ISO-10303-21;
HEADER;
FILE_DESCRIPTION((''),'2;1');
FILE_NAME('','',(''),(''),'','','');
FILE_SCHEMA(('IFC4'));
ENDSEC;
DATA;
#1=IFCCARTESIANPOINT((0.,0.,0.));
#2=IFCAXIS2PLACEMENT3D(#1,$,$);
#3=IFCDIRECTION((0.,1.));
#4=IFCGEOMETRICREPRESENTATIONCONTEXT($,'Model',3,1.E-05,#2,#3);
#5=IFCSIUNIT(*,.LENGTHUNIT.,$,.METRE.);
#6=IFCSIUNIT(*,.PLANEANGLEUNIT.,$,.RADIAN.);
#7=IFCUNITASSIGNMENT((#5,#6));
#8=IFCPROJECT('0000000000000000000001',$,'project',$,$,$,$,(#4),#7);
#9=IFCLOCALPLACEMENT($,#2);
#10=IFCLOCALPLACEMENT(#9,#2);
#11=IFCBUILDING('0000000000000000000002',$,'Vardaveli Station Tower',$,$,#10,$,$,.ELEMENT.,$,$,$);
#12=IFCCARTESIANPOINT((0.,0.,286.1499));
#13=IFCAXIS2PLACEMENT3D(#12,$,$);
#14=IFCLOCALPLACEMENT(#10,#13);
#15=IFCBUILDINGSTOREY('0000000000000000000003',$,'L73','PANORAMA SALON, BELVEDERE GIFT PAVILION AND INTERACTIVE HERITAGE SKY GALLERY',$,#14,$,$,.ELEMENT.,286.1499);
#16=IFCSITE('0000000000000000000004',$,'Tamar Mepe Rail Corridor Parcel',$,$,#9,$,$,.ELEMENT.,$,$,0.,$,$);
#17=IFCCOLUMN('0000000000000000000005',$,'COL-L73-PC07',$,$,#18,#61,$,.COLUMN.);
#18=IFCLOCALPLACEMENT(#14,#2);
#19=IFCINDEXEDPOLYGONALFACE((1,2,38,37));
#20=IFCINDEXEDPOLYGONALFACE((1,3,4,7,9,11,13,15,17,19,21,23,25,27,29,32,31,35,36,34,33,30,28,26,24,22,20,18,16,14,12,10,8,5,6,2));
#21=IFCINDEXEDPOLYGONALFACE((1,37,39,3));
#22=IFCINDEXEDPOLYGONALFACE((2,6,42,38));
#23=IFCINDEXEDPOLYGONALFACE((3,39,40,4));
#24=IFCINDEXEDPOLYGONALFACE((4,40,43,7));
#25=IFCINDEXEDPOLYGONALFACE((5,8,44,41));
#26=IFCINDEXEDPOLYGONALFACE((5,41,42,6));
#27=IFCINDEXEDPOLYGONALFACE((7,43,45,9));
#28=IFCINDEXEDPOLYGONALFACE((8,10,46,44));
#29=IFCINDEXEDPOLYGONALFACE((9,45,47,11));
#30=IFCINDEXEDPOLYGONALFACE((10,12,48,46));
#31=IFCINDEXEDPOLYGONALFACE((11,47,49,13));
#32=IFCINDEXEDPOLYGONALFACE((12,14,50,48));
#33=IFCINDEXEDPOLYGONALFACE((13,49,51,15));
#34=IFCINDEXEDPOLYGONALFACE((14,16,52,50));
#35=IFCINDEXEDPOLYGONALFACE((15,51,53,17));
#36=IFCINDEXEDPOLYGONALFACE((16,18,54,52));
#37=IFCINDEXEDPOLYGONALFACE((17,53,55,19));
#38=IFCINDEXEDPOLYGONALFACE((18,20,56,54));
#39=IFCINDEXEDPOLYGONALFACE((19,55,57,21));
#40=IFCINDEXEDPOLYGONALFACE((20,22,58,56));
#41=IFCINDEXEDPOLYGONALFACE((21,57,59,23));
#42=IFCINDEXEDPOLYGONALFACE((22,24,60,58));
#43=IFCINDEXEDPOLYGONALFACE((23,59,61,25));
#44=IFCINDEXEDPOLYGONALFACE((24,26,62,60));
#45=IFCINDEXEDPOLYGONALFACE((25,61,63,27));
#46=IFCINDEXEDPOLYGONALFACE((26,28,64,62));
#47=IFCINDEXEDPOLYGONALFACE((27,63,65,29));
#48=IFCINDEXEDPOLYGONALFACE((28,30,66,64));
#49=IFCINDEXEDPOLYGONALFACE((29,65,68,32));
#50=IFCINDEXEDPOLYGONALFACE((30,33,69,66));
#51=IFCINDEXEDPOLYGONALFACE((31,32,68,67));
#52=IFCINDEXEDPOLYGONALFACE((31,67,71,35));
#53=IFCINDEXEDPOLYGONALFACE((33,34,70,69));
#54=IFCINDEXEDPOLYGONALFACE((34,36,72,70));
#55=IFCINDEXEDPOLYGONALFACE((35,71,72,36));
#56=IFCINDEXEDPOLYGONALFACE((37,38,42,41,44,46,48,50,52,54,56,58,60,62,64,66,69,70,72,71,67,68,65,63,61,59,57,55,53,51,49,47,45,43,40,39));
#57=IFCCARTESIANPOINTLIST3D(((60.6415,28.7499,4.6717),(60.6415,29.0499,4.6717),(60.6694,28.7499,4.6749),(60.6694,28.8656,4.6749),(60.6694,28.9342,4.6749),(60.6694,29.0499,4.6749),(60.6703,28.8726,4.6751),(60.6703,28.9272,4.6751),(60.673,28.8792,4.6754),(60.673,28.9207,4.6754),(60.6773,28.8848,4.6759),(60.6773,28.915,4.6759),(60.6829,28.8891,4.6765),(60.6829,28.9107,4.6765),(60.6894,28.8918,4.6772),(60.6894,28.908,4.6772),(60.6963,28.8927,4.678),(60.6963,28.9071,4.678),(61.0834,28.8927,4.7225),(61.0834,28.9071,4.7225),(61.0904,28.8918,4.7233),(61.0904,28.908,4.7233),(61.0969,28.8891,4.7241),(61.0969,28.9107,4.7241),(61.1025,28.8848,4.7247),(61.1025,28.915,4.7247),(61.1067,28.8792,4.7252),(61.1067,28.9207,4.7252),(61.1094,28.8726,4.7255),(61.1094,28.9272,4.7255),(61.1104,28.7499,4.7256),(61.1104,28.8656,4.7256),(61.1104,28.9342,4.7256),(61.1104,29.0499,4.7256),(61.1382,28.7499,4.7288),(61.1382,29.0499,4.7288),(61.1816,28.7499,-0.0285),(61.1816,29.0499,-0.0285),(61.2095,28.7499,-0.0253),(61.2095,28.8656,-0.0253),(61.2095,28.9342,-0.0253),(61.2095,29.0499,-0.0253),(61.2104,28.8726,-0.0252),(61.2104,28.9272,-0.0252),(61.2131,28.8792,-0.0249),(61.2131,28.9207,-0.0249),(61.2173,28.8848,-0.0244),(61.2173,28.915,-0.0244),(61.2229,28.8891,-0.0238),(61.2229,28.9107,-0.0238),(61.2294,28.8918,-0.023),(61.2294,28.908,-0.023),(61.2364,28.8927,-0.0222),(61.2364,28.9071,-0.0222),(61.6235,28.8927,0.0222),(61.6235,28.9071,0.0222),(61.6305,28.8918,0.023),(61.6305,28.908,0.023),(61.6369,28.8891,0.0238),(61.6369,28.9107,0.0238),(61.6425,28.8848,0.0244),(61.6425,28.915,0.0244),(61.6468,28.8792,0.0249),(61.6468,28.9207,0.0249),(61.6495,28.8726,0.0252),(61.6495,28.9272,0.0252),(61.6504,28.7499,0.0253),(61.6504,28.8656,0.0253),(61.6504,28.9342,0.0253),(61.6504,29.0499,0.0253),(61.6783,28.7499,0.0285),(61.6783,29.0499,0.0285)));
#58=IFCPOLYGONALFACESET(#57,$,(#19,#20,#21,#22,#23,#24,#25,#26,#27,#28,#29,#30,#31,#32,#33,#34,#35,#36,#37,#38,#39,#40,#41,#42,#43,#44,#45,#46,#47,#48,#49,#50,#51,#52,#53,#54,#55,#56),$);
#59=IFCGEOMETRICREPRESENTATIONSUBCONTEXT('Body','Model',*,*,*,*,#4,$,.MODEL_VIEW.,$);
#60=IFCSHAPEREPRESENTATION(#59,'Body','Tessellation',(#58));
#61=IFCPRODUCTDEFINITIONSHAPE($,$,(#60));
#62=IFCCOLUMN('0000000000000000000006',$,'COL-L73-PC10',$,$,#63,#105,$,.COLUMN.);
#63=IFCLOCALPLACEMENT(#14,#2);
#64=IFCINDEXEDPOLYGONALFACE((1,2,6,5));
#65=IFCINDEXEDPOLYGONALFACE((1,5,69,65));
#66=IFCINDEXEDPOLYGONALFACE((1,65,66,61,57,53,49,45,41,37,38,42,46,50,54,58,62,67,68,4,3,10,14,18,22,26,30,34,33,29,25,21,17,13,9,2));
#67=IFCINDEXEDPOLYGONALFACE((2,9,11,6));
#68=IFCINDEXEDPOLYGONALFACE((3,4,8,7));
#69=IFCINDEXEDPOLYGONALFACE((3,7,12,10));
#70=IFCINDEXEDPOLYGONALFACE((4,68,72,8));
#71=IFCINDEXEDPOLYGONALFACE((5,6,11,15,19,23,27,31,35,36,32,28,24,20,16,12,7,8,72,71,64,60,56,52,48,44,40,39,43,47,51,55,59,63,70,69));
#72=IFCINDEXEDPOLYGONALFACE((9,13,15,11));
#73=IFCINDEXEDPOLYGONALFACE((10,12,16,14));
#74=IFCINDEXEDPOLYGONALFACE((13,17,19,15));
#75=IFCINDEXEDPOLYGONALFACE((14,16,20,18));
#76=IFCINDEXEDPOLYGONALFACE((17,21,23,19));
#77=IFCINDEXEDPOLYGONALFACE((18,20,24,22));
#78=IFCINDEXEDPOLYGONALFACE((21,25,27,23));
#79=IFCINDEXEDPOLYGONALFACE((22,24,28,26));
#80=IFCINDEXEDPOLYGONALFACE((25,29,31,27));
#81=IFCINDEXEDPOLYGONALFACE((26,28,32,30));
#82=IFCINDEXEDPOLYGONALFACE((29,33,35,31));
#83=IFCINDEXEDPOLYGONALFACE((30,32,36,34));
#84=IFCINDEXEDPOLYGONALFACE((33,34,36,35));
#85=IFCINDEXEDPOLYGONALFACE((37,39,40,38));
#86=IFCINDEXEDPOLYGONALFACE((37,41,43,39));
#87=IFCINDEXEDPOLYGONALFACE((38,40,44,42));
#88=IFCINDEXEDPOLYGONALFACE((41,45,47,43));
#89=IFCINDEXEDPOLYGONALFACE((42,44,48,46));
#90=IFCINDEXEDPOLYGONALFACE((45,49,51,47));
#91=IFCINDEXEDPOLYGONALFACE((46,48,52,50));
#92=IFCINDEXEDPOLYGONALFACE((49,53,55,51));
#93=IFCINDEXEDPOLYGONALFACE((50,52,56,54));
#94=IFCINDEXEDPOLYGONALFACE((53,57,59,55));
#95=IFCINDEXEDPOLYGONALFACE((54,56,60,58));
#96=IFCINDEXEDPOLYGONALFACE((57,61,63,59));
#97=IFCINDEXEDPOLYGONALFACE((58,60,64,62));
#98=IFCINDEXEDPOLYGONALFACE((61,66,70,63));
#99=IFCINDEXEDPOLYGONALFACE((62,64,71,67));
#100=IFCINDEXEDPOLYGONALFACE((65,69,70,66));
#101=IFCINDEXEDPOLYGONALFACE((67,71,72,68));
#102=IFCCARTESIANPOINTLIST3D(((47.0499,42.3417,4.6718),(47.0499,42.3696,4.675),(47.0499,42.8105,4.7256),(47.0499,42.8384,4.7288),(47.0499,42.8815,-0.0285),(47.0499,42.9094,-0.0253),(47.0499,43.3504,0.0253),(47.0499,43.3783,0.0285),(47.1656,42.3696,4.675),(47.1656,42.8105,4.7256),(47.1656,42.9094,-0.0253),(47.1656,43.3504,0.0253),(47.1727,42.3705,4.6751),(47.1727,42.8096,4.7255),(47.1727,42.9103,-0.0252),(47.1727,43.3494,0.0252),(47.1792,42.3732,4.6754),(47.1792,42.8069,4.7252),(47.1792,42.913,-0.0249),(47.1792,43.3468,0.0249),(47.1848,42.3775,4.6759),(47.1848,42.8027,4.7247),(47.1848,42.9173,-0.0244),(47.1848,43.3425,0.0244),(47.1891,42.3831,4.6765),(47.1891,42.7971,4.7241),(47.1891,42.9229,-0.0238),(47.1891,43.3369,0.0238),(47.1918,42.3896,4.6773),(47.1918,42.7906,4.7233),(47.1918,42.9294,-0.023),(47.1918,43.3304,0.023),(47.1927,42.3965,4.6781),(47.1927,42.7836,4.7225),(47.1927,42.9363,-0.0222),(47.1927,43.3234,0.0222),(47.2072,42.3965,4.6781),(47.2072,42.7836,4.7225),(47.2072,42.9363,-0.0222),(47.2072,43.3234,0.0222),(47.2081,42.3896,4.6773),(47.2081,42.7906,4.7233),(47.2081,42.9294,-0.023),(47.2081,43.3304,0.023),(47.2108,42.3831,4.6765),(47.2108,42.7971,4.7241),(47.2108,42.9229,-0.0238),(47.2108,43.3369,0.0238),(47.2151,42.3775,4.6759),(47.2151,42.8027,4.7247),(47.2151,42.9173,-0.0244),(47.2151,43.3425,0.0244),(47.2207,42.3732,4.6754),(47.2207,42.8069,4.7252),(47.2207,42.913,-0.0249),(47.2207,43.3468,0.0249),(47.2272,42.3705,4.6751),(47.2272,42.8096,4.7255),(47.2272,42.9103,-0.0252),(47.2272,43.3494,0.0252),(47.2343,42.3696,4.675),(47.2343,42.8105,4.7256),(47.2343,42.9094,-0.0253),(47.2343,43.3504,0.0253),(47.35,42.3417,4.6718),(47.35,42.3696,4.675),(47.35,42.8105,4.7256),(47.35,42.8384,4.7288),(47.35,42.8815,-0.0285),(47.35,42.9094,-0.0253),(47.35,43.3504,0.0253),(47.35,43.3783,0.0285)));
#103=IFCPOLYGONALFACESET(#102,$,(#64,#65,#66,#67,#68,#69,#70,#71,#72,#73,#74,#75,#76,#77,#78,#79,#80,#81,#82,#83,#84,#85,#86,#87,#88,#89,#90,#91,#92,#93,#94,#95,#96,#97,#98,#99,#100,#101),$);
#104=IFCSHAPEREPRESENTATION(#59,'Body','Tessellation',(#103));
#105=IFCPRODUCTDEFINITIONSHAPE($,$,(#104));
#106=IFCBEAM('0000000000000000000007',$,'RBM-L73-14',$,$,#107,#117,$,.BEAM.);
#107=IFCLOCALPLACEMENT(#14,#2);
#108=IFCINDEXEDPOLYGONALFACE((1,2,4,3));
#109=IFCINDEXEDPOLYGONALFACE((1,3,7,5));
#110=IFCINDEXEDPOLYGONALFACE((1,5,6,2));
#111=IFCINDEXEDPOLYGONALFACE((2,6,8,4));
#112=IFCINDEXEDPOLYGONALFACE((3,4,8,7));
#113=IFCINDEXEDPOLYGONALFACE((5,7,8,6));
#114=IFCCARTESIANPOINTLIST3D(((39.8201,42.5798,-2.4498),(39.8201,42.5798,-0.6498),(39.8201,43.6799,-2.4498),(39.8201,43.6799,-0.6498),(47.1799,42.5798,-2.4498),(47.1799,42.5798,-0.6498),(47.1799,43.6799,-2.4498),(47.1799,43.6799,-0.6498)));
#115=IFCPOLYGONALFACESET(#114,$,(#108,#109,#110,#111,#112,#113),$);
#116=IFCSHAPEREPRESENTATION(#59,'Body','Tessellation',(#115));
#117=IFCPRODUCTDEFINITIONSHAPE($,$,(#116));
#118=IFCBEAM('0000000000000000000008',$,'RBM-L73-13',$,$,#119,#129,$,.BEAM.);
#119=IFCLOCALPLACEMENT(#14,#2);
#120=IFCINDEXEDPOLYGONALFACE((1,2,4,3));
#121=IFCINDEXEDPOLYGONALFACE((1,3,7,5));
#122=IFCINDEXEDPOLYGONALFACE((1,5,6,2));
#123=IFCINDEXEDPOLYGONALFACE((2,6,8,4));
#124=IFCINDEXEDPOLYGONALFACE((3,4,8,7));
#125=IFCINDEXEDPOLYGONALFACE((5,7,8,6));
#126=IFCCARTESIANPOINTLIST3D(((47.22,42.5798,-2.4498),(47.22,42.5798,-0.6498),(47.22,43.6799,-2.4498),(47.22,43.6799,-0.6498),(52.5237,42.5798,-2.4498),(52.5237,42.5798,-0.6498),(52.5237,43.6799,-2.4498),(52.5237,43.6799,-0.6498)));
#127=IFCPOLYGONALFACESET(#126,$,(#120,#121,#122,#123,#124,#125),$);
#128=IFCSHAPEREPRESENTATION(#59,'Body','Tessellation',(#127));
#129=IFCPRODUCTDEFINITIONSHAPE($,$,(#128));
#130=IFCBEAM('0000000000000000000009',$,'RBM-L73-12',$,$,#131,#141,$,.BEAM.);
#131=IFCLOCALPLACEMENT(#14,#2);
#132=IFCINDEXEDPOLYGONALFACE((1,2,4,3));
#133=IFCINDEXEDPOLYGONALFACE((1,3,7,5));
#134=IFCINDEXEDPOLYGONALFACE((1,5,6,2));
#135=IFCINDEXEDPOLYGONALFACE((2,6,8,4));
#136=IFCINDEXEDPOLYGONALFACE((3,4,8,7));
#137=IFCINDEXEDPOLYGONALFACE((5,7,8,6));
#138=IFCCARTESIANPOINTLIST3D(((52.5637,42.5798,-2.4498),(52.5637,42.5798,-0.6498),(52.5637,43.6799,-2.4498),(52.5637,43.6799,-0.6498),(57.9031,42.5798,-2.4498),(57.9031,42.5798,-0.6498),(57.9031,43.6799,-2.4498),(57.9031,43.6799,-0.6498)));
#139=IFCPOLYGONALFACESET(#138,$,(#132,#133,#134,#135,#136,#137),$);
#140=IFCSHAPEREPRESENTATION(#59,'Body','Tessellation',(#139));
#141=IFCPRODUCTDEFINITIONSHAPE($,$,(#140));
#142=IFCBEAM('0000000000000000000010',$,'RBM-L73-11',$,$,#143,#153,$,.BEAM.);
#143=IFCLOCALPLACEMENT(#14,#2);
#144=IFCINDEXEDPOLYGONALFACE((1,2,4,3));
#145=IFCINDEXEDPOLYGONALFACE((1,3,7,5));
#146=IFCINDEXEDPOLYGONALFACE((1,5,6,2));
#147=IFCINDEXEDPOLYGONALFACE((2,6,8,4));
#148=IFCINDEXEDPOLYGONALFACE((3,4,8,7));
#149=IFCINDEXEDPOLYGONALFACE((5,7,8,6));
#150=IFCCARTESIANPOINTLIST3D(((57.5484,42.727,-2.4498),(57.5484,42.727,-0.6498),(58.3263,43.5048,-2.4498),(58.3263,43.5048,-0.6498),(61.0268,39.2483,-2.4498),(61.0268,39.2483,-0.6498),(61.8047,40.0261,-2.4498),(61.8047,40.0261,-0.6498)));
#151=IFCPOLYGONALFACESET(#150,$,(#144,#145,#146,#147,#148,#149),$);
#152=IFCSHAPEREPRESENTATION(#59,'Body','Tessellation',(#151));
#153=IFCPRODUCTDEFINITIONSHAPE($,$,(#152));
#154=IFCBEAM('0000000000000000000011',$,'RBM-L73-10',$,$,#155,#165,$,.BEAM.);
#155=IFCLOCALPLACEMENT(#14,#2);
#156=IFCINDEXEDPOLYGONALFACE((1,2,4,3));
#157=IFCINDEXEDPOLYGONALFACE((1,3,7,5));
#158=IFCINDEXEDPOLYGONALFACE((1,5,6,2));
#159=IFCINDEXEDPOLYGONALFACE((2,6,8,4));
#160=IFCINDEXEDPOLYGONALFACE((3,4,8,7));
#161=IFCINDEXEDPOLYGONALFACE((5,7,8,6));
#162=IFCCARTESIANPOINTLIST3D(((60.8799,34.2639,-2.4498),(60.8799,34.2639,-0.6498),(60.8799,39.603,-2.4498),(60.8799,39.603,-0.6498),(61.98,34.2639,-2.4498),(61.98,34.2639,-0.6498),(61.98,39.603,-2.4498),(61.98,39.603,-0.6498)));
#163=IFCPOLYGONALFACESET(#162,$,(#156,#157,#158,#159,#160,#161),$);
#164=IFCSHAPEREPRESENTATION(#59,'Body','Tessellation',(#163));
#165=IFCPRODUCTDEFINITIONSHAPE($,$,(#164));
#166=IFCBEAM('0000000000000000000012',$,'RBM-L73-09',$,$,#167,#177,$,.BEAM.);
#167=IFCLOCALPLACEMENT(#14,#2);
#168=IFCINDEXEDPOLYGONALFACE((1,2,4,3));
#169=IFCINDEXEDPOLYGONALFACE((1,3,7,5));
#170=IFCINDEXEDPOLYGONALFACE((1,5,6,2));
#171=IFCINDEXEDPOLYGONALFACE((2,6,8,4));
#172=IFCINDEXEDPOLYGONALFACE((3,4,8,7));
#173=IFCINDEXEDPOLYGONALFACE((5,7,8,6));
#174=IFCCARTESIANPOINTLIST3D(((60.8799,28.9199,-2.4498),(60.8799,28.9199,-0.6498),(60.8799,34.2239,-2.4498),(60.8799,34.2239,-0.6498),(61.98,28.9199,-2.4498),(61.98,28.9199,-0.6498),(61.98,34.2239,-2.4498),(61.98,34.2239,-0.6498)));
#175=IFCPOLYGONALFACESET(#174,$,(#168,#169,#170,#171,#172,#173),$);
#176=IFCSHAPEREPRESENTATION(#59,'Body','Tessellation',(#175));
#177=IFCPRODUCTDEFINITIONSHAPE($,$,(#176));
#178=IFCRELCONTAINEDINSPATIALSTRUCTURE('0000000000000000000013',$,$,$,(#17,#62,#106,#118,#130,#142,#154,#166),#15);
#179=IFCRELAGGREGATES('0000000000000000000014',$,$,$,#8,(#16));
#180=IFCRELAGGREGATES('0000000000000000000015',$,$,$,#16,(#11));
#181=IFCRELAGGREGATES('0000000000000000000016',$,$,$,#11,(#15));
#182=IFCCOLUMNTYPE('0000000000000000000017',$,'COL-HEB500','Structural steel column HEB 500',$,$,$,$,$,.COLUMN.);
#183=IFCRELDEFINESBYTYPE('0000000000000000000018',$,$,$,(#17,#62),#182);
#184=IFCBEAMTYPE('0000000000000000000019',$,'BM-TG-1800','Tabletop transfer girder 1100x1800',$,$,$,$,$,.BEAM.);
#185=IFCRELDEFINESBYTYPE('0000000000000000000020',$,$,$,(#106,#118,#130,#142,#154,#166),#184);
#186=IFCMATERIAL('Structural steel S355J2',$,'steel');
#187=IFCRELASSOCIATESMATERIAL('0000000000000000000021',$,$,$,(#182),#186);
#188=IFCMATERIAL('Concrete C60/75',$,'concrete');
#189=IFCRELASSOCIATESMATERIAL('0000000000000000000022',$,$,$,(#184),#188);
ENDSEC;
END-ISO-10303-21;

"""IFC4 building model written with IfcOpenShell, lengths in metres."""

from ifc_helpers import new_model, si_unit, direction, frame, origin, origin_2d, place, context, subcontext, project, spatial, rectangle, i_section, extrude, source, transform, mapped, material, material_profile, profile_set, type_object, element, save


model = new_model("IFC4")

# Units and contexts
model_context = context("Model", 3, precision=1e-05, world=origin(), true_north=direction((0.0, 1.0)))
body_context = subcontext(model_context, "Body", "Model", "MODEL_VIEW")
ifc_project = project(units=[si_unit("LENGTHUNIT", "METRE"), si_unit("PLANEANGLEUNIT", "RADIAN")], contexts=[model_context])

# Site, building, storey
site_placement = place(None, origin())
site = spatial("IfcSite", under=ifc_project, at=site_placement, Name="Tamar Mepe Rail Corridor Parcel", CompositionType="ELEMENT", RefElevation=0.0)
building_placement = place(site_placement, origin())
building = spatial("IfcBuilding", under=site, at=building_placement, Name="Vardaveli Station Tower", CompositionType="ELEMENT")
storey_placement = place(building_placement, frame((0.0, 0.0, 286.1499)))
storey = spatial("IfcBuildingStorey", under=building, at=storey_placement, Name="L73", Description="PANORAMA SALON, BELVEDERE GIFT PAVILION AND INTERACTIVE HERITAGE SKY GALLERY", CompositionType="ELEMENT", Elevation=286.1499)

# Columns
ifc_material_1 = material(Name="Structural steel S355J2", Category="steel")
ifc_material_profile_1 = material_profile(ifc_material_1, i_section(OverallWidth=0.3, OverallDepth=0.5, WebThickness=0.0144, FlangeThickness=0.0281, FilletRadius=0.0271, at=origin_2d()), Name="HEB 500")
ifc_profile_set_1 = profile_set([ifc_material_profile_1], Name="Structural steel S355J2")
column_type_1 = type_object("IfcColumnType", Name="COL-HEB500", Description="Structural steel column HEB 500", PredefinedType="COLUMN", material=ifc_profile_set_1)
shared_shape_1 = source(origin(), body_context, "Body", "SweptSolid", [
    extrude(i_section(OverallWidth=0.3, OverallDepth=0.5, WebThickness=0.0144, FlangeThickness=0.0281, FilletRadius=0.0271, at=origin_2d()), origin(), (0.0, 0.0, 1.0), 4.7312),
])
for number, where, z_axis, x_axis, name in (
    (1, (61.4299, 28.8999, 0.0), (-0.114146, 0.0, 0.993464), (0.0, -1.0, 0.0), "COL-L73-PC07"),
    (2, (47.2, 43.1299, 0.0), (0.0, -0.114095, 0.99347), (1.0, 0.0, 0.0), "COL-L73-PC10"),
):
    element("IfcColumn", number, at=place(storey_placement, frame(where, z_axis=z_axis, x_axis=x_axis)), inside=storey, type_object=column_type_1, Name=name, PredefinedType="COLUMN", context=body_context, shape_type="MappedRepresentation", body=[
        mapped(shared_shape_1, transform((0.0, 0.0, 0.0), scale=1.0)),
    ])

# Beams
ifc_material_2 = material(Name="Concrete C60/75", Category="concrete")
ifc_material_profile_2 = material_profile(ifc_material_2, rectangle(XDim=1.1001, YDim=1.8, at=origin_2d()), Name="TG 1100x1800")
ifc_profile_set_2 = profile_set([ifc_material_profile_2], Name="Concrete C60/75")
beam_type_1 = type_object("IfcBeamType", Name="BM-TG-1800", Description="Tabletop transfer girder 1100x1800", PredefinedType="BEAM", material=ifc_profile_set_2)
shared_shape_2 = source(origin(), body_context, "Body", "SweptSolid", [
    extrude(rectangle(XDim=1.1001, YDim=1.8, at=origin_2d()), origin(), (0.0, 0.0, 1.0), 7.3599),
])
beam_1_placement = place(storey_placement, frame((47.1799, 43.1299, -1.5498), z_axis=(-1.0, 0.0, 0.0), x_axis=(0.0, -1.0, 0.0)))
element("IfcBeam", 3, at=beam_1_placement, inside=storey, type_object=beam_type_1, Name="RBM-L73-14", PredefinedType="BEAM", context=body_context, shape_type="MappedRepresentation", body=[
    mapped(shared_shape_2, transform((0.0, 0.0, 0.0), scale=1.0)),
])
shared_shape_3 = source(origin(), body_context, "Body", "SweptSolid", [
    extrude(rectangle(XDim=1.1001, YDim=1.8, at=origin_2d()), origin(), (0.0, 0.0, 1.0), 5.3037),
])
beam_2_placement = place(storey_placement, frame((52.5237, 43.1299, -1.5498), z_axis=(-1.0, 0.0, 0.0), x_axis=(0.0, -1.0, 0.0)))
element("IfcBeam", 4, at=beam_2_placement, inside=storey, type_object=beam_type_1, Name="RBM-L73-13", PredefinedType="BEAM", context=body_context, shape_type="MappedRepresentation", body=[
    mapped(shared_shape_3, transform((0.0, 0.0, 0.0), scale=1.0)),
])
shared_shape_4 = source(origin(), body_context, "Body", "SweptSolid", [
    extrude(rectangle(XDim=1.1001, YDim=1.8, at=origin_2d()), origin(), (0.0, 0.0, 1.0), 5.3394),
])
beam_3_placement = place(storey_placement, frame((57.9031, 43.1299, -1.5498), z_axis=(-1.0, 0.0, 0.0), x_axis=(0.0, -1.0, 0.0)))
element("IfcBeam", 5, at=beam_3_placement, inside=storey, type_object=beam_type_1, Name="RBM-L73-12", PredefinedType="BEAM", context=body_context, shape_type="MappedRepresentation", body=[
    mapped(shared_shape_4, transform((0.0, 0.0, 0.0), scale=1.0)),
])
shared_shape_5 = source(origin(), body_context, "Body", "SweptSolid", [
    extrude(rectangle(XDim=1.1001, YDim=1.8, at=origin_2d()), origin(), (0.0, 0.0, 1.0), 4.9194),
])
beam_4_placement = place(storey_placement, frame((61.4158, 39.6372, -1.5498), z_axis=(-0.707082, 0.707132, 0.0), x_axis=(-0.707132, -0.707082, 0.0)))
element("IfcBeam", 6, at=beam_4_placement, inside=storey, type_object=beam_type_1, Name="RBM-L73-11", PredefinedType="BEAM", context=body_context, shape_type="MappedRepresentation", body=[
    mapped(shared_shape_5, transform((0.0, 0.0, 0.0), scale=1.0)),
])
shared_shape_6 = source(origin(), body_context, "Body", "SweptSolid", [
    extrude(rectangle(XDim=1.1001, YDim=1.8, at=origin_2d()), origin(), (0.0, 0.0, 1.0), 5.3391),
])
beam_5_placement = place(storey_placement, frame((61.4299, 34.2639, -1.5498), z_axis=(0.0, 1.0, 0.0), x_axis=(-1.0, 0.0, 0.0)))
element("IfcBeam", 7, at=beam_5_placement, inside=storey, type_object=beam_type_1, Name="RBM-L73-10", PredefinedType="BEAM", context=body_context, shape_type="MappedRepresentation", body=[
    mapped(shared_shape_6, transform((0.0, 0.0, 0.0), scale=1.0)),
])
shared_shape_7 = source(origin(), body_context, "Body", "SweptSolid", [
    extrude(rectangle(XDim=1.1001, YDim=1.8, at=origin_2d()), origin(), (0.0, 0.0, 1.0), 5.304),
])
beam_6_placement = place(storey_placement, frame((61.4299, 28.9199, -1.5498), z_axis=(0.0, 1.0, 0.0), x_axis=(-1.0, 0.0, 0.0)))
element("IfcBeam", 8, at=beam_6_placement, inside=storey, type_object=beam_type_1, Name="RBM-L73-09", PredefinedType="BEAM", context=body_context, shape_type="MappedRepresentation", body=[
    mapped(shared_shape_7, transform((0.0, 0.0, 0.0), scale=1.0)),
])

save(model, "model.ifc")
